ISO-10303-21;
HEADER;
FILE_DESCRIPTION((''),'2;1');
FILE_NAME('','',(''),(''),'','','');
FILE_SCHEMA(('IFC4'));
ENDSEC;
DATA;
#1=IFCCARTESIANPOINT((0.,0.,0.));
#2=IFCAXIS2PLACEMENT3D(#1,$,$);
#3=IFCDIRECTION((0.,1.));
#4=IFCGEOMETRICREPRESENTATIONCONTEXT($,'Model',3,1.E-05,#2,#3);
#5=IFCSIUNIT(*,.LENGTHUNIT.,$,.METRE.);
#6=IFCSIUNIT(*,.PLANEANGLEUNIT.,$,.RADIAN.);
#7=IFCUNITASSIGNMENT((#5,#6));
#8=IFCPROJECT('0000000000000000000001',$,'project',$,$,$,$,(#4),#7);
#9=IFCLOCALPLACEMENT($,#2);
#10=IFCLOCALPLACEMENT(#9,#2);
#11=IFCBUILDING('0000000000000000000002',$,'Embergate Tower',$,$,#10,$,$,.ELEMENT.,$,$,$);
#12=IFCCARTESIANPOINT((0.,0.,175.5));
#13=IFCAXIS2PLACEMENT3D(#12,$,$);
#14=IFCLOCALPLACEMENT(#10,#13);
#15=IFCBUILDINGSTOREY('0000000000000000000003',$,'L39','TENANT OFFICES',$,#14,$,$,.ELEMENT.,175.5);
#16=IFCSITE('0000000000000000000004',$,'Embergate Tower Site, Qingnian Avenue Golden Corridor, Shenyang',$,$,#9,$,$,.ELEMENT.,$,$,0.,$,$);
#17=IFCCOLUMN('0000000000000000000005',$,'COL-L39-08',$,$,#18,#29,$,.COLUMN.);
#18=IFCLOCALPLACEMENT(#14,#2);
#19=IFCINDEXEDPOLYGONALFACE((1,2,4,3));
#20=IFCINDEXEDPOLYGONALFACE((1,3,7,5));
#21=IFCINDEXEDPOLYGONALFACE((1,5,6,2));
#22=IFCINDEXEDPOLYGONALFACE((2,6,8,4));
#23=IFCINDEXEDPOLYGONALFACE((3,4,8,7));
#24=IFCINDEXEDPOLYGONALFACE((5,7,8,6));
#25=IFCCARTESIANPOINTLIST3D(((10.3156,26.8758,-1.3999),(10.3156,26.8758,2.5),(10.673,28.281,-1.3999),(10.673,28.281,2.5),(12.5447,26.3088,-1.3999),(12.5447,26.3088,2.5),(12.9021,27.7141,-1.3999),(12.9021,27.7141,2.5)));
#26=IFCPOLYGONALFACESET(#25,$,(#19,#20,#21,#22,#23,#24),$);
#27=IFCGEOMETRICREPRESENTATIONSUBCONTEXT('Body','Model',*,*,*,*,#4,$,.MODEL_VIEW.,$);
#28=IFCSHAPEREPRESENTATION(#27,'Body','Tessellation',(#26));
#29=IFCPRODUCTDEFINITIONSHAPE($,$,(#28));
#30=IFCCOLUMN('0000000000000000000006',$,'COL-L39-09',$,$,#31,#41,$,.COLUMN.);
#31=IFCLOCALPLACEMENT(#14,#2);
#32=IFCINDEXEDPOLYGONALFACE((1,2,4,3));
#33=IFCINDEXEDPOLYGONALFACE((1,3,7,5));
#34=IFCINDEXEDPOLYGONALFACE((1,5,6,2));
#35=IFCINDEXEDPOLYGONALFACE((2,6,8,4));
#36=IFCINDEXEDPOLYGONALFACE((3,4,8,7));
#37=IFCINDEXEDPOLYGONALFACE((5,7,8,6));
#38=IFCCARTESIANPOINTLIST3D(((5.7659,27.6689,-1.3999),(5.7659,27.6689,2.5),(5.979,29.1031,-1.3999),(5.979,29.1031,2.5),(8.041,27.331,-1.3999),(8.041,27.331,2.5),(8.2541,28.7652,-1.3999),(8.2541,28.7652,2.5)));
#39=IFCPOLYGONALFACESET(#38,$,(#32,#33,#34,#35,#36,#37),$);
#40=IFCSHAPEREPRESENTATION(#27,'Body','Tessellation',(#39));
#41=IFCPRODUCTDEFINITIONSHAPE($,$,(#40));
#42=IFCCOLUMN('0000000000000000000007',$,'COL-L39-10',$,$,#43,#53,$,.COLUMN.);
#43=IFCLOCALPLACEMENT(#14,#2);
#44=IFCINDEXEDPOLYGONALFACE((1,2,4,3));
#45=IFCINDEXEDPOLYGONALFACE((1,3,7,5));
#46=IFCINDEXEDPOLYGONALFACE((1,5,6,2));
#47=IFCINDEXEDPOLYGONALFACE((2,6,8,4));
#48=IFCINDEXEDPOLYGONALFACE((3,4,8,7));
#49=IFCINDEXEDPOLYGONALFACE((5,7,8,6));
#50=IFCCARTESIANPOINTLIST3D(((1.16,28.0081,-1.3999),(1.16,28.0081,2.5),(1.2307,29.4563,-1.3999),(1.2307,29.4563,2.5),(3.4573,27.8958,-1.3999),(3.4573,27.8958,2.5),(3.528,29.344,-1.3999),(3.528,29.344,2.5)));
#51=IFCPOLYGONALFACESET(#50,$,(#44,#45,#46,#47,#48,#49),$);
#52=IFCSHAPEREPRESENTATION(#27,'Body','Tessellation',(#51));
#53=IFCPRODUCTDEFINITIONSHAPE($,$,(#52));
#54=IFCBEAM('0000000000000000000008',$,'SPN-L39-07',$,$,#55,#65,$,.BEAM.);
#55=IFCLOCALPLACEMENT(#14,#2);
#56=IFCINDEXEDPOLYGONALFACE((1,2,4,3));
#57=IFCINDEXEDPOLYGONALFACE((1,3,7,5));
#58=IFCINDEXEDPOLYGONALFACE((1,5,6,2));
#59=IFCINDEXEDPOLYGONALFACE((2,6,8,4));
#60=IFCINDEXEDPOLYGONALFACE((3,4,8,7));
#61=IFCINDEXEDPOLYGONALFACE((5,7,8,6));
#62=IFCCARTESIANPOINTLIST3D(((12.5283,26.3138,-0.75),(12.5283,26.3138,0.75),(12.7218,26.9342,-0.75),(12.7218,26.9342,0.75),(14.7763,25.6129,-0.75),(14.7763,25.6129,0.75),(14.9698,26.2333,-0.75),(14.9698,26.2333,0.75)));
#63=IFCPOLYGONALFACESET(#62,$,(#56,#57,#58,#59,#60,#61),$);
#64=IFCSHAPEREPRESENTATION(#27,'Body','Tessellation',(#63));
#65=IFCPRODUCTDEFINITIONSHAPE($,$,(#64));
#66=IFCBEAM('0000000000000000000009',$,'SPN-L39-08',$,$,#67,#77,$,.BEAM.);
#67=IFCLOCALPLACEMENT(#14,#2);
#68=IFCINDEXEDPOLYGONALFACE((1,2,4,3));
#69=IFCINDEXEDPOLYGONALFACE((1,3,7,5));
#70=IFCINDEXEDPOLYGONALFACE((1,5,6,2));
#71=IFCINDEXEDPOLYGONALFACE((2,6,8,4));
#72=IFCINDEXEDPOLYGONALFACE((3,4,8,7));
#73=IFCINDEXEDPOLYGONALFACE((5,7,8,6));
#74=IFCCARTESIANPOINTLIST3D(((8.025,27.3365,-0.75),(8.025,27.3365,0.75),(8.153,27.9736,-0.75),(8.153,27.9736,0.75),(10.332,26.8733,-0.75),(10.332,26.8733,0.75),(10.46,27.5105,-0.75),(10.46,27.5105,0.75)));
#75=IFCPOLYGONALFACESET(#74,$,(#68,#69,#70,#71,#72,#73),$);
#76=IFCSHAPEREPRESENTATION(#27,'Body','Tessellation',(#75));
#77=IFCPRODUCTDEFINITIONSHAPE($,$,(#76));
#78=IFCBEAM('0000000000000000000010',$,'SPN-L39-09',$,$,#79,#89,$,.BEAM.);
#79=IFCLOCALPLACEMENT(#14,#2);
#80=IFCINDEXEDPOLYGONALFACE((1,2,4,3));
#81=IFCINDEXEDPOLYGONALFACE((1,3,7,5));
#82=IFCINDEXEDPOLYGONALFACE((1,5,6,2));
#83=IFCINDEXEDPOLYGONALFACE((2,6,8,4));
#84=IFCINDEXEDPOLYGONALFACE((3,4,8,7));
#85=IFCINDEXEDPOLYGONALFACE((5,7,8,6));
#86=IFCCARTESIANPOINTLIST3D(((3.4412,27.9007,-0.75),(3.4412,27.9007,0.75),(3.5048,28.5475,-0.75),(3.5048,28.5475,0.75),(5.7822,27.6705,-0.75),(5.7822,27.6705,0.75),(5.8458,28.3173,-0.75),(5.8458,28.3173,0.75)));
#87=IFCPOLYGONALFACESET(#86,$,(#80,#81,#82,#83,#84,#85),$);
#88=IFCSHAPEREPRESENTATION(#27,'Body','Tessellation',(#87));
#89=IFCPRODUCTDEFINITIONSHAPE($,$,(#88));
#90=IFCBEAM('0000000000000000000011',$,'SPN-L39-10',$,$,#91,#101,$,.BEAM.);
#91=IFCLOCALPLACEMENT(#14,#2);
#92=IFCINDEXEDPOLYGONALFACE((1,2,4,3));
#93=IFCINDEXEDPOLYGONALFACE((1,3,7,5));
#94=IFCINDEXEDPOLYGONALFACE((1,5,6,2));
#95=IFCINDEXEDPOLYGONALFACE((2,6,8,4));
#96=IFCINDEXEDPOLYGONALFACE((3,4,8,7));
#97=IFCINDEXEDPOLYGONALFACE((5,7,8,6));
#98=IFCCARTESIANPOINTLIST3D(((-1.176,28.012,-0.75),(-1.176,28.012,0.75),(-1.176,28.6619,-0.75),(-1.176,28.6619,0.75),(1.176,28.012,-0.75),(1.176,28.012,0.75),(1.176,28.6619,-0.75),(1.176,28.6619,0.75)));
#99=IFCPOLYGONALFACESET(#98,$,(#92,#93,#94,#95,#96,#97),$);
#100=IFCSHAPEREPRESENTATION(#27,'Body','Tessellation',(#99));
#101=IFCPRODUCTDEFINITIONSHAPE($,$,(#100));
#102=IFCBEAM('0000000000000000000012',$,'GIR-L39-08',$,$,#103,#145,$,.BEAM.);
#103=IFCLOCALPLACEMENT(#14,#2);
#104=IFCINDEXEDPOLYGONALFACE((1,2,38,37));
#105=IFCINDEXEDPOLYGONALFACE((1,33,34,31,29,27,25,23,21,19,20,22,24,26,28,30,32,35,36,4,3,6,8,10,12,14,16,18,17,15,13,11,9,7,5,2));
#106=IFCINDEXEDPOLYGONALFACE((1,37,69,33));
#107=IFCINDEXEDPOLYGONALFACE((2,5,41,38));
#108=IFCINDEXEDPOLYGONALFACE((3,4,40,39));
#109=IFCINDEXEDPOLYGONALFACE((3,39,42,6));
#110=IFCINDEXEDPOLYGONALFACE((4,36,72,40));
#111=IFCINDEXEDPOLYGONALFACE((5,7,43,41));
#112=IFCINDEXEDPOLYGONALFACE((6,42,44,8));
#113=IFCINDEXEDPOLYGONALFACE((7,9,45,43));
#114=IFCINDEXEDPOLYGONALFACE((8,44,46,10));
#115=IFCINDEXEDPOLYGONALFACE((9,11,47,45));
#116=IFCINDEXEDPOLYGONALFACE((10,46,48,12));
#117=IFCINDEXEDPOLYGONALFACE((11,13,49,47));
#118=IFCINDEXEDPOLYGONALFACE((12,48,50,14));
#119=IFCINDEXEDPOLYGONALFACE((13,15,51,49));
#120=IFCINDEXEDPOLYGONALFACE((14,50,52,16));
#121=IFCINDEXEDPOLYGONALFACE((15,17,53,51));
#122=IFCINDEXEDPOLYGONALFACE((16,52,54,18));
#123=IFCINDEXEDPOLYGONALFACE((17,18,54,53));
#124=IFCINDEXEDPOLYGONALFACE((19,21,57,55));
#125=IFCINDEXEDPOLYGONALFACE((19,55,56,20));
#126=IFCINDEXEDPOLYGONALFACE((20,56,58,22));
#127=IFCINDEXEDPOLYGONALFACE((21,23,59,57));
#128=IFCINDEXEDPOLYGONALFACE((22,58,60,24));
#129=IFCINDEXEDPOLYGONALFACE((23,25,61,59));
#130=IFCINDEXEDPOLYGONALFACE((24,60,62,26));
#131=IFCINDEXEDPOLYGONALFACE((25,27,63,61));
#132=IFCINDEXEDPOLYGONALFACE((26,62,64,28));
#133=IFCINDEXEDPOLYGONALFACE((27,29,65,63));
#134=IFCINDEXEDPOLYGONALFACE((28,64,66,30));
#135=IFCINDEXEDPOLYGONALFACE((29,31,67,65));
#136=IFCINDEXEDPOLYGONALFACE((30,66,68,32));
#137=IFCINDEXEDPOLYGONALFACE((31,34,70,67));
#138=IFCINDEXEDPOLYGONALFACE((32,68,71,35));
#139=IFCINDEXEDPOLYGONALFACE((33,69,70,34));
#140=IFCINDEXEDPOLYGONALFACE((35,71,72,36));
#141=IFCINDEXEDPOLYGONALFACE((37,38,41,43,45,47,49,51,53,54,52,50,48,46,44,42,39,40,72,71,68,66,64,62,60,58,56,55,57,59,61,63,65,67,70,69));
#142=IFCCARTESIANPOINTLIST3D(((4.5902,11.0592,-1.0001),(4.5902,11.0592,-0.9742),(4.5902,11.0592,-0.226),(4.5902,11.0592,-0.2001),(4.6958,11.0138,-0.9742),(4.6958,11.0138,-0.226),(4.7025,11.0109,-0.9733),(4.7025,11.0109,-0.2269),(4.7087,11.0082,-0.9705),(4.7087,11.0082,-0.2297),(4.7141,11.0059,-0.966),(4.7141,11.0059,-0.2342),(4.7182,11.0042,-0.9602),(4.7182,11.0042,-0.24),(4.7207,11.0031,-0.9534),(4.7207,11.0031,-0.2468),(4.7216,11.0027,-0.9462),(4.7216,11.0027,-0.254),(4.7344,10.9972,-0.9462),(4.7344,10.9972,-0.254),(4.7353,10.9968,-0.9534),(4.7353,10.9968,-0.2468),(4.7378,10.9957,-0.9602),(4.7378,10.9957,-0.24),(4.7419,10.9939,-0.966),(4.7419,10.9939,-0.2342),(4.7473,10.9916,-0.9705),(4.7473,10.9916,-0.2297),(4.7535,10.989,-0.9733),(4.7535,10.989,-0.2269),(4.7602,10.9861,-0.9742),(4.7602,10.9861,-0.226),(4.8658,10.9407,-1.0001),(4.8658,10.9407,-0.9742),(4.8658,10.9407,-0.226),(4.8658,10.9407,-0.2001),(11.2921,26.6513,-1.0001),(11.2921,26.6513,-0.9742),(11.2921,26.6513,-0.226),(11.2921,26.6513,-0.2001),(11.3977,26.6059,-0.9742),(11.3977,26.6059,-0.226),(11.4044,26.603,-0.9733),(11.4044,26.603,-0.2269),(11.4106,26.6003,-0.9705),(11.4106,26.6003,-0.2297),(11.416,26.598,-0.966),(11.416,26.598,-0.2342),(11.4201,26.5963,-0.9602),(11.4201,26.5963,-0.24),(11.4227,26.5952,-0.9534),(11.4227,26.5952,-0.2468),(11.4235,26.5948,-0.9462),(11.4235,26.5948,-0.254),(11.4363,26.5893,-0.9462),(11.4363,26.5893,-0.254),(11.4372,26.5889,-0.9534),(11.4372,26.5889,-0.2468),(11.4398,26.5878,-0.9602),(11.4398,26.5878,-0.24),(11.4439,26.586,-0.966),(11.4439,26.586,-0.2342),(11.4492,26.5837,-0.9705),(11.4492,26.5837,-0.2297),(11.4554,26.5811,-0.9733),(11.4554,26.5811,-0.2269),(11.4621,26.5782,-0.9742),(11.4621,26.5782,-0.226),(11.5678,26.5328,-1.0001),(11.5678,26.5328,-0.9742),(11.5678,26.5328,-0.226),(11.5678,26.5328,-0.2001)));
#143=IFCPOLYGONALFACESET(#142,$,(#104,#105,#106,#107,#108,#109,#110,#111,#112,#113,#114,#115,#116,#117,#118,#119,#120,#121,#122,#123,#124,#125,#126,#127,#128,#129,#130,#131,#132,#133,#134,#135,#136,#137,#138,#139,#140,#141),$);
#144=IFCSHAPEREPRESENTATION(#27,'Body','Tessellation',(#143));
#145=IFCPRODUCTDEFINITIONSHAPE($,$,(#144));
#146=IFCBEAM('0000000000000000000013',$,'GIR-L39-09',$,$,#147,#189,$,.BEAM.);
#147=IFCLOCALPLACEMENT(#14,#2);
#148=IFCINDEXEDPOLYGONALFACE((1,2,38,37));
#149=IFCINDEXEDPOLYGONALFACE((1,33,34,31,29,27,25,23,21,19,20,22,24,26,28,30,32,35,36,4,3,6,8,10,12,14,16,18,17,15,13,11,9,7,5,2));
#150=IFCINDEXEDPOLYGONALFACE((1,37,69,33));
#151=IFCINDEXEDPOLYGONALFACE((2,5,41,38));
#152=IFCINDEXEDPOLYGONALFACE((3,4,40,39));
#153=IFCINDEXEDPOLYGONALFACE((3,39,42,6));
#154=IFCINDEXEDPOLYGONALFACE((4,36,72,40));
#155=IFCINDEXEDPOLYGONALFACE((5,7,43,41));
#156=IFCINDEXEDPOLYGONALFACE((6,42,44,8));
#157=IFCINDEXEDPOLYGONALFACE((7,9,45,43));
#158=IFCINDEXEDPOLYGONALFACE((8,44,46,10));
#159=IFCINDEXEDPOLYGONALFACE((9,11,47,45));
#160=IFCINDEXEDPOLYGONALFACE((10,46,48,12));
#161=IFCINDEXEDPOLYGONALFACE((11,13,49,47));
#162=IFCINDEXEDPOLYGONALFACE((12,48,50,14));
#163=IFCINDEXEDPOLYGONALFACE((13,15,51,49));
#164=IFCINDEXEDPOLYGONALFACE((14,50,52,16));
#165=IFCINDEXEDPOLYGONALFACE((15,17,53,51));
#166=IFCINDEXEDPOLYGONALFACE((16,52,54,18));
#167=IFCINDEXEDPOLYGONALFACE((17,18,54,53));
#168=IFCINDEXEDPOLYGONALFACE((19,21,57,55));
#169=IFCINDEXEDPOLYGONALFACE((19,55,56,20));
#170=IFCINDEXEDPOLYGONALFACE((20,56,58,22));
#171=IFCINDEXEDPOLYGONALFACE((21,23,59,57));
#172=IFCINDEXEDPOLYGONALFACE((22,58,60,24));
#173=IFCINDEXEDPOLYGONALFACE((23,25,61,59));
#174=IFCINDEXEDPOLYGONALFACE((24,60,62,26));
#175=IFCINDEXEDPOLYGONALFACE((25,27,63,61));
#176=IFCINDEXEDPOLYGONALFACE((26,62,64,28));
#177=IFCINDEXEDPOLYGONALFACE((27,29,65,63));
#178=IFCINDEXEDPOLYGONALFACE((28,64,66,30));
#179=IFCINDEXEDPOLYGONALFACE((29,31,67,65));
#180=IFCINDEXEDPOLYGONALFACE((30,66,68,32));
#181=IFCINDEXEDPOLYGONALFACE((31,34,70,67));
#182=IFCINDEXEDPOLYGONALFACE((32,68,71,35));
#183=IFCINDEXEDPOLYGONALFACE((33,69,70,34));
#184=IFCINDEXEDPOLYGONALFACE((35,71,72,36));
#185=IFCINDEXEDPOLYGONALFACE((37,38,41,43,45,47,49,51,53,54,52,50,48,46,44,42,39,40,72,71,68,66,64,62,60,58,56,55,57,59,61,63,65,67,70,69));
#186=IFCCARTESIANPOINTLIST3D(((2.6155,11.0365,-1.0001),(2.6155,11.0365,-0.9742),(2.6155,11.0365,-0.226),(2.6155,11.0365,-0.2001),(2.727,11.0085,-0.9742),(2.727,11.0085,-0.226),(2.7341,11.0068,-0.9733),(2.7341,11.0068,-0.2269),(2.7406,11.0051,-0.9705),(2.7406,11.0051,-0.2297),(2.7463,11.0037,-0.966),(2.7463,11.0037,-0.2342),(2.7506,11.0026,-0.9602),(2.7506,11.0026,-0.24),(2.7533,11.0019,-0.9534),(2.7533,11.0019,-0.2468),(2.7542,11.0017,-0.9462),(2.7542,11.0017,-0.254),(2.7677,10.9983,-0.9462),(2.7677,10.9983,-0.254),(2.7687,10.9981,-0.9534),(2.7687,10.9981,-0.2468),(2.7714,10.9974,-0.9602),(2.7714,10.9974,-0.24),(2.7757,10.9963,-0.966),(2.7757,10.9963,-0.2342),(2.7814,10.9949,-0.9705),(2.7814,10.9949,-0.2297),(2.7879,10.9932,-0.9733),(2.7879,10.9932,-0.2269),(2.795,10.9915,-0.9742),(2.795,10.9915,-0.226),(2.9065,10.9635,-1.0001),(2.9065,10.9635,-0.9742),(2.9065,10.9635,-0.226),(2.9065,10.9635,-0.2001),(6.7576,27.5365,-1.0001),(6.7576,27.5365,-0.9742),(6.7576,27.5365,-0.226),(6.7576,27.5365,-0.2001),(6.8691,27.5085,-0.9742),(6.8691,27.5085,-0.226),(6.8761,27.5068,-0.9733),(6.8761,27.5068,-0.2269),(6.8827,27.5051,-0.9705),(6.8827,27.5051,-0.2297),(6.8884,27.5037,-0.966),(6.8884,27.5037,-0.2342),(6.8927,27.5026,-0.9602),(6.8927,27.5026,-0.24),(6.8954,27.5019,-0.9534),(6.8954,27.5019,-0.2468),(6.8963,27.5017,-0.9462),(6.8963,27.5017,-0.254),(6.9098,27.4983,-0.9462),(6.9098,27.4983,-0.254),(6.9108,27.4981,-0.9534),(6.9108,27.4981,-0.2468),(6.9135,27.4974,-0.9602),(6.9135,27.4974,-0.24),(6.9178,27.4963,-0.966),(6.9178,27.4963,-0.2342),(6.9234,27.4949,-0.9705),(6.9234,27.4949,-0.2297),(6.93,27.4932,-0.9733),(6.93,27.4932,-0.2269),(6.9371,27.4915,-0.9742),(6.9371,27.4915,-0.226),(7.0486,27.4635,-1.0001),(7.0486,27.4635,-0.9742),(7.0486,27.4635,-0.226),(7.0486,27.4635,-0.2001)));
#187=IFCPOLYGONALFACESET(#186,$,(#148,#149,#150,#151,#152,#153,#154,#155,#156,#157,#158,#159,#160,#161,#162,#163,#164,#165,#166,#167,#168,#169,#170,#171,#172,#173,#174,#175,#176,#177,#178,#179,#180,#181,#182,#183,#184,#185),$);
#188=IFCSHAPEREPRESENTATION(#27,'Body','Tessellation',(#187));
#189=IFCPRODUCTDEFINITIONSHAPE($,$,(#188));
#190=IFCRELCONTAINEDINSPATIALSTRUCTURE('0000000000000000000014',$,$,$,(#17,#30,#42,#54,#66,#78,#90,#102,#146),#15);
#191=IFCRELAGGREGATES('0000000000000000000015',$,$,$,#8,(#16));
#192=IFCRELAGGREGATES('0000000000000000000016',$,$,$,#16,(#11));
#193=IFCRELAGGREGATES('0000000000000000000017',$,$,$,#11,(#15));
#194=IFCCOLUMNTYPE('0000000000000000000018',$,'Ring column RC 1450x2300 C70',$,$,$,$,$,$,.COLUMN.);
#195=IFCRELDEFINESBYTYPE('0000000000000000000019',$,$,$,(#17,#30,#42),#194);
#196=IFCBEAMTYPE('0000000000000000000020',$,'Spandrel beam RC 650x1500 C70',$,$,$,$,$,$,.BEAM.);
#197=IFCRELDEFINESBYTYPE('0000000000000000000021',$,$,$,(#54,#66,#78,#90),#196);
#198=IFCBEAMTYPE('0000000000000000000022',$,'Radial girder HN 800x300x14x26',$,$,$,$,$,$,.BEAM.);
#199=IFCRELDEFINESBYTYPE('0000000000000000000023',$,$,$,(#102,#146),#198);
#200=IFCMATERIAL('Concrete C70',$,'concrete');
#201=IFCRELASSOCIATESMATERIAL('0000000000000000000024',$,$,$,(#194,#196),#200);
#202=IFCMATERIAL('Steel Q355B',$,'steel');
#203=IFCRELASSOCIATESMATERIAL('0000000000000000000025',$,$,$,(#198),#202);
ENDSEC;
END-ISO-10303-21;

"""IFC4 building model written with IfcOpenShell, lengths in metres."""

from ifc_helpers import new_model, si_unit, direction, frame, origin, origin_2d, place, context, subcontext, project, spatial, rectangle, i_section, extrude, source, transform, mapped, material, material_profile, profile_set, type_object, element, save


model = new_model("IFC4")

# Units and contexts
model_context = context("Model", 3, precision=1e-05, world=origin(), true_north=direction((0.0, 1.0)))
body_context = subcontext(model_context, "Body", "Model", "MODEL_VIEW")
ifc_project = project(units=[si_unit("LENGTHUNIT", "METRE"), si_unit("PLANEANGLEUNIT", "RADIAN")], contexts=[model_context])

# Site, building, storey
site_placement = place(None, origin())
site = spatial("IfcSite", under=ifc_project, at=site_placement, Name="Embergate Tower Site, Qingnian Avenue Golden Corridor, Shenyang", CompositionType="ELEMENT", RefElevation=0.0)
building_placement = place(site_placement, origin())
building = spatial("IfcBuilding", under=site, at=building_placement, Name="Embergate Tower", CompositionType="ELEMENT")
storey_placement = place(building_placement, frame((0.0, 0.0, 175.5)))
storey = spatial("IfcBuildingStorey", under=building, at=storey_placement, Name="L39", Description="TENANT OFFICES", CompositionType="ELEMENT", Elevation=175.5)

# Columns
ifc_material_1 = material(Name="Concrete C70", Category="concrete")
ifc_material_profile_1 = material_profile(ifc_material_1, rectangle(XDim=1.45, YDim=2.3, at=origin_2d()), Name="RC 1450x2300")
ifc_profile_set_1 = profile_set([ifc_material_profile_1], Name="Concrete C70")
column_type = type_object("IfcColumnType", Name="Ring column RC 1450x2300 C70", PredefinedType="COLUMN", material=ifc_profile_set_1)
shared_shape_1 = source(origin(), body_context, "Body", "SweptSolid", [
    extrude(rectangle(XDim=1.45, YDim=2.3, at=origin_2d()), origin(), (0.0, 0.0, 1.0), 3.8999),
])
for number, where, z_axis, x_axis, name in (
    (1, (11.6089, 27.2949, -1.3999), (0.0, 0.0, 1.0), (0.246492, 0.969145, 0.0), "COL-L39-08"),
    (2, (7.01, 28.217, -1.3999), (0.0, 0.0, 1.0), (0.146929, 0.989147, 0.0), "COL-L39-09"),
    (3, (2.344, 28.676, -1.3999), (0.0, 0.0, 1.0), (0.048815, 0.998808, 0.0), "COL-L39-10"),
):
    element("IfcColumn", number, at=place(storey_placement, frame(where, z_axis=z_axis, x_axis=x_axis)), inside=storey, type_object=column_type, Name=name, PredefinedType="COLUMN", context=body_context, shape_type="MappedRepresentation", body=[
        mapped(shared_shape_1, transform((0.0, 0.0, 0.0))),
    ])

# Beams
ifc_material_profile_2 = material_profile(ifc_material_1, rectangle(XDim=0.6499, YDim=1.5, at=origin_2d()), Name="RC 650x1500")
ifc_profile_set_2 = profile_set([ifc_material_profile_2], Name="Concrete C70")
beam_type_1 = type_object("IfcBeamType", Name="Spandrel beam RC 650x1500 C70", PredefinedType="BEAM", material=ifc_profile_set_2)
shared_shape_2 = source(origin(), body_context, "Body", "SweptSolid", [
    extrude(rectangle(XDim=0.6499, YDim=1.5, at=origin_2d()), origin(), (0.0, 0.0, 1.0), 2.3547),
])
beam_1_placement = place(storey_placement, frame((14.873, 25.9231, 0.0), z_axis=(-0.954672, 0.297661, 0.0), x_axis=(-0.297661, -0.954672, 0.0)))
element("IfcBeam", 4, at=beam_1_placement, inside=storey, type_object=beam_type_1, Name="SPN-L39-07", PredefinedType="BEAM", context=body_context, shape_type="MappedRepresentation", body=[
    mapped(shared_shape_2, transform((0.0, 0.0, 0.0))),
])
shared_shape_3 = source(origin(), body_context, "Body", "SweptSolid", [
    extrude(rectangle(XDim=0.6499, YDim=1.5, at=origin_2d()), origin(), (0.0, 0.0, 1.0), 2.353),
])
beam_2_placement = place(storey_placement, frame((10.396, 27.1919, 0.0), z_axis=(-0.980437, 0.196834, 0.0), x_axis=(-0.196834, -0.980437, 0.0)))
element("IfcBeam", 5, at=beam_2_placement, inside=storey, type_object=beam_type_1, Name="SPN-L39-08", PredefinedType="BEAM", context=body_context, shape_type="MappedRepresentation", body=[
    mapped(shared_shape_3, transform((0.0, 0.0, 0.0))),
])
shared_shape_4 = source(origin(), body_context, "Body", "SweptSolid", [
    extrude(rectangle(XDim=0.6499, YDim=1.5, at=origin_2d()), origin(), (0.0, 0.0, 1.0), 2.3523),
])
beam_3_placement = place(storey_placement, frame((5.814, 27.9939, 0.0), z_axis=(-0.995199, 0.09787, 0.0), x_axis=(-0.09787, -0.995199, 0.0)))
element("IfcBeam", 6, at=beam_3_placement, inside=storey, type_object=beam_type_1, Name="SPN-L39-09", PredefinedType="BEAM", context=body_context, shape_type="MappedRepresentation", body=[
    mapped(shared_shape_4, transform((0.0, 0.0, 0.0))),
])
shared_shape_5 = source(origin(), body_context, "Body", "SweptSolid", [
    extrude(rectangle(XDim=0.6499, YDim=1.5, at=origin_2d()), origin(), (0.0, 0.0, 1.0), 2.3521),
])
beam_4_placement = place(storey_placement, frame((1.176, 28.3369, 0.0), z_axis=(-1.0, 0.0, 0.0), x_axis=(0.0, -1.0, 0.0)))
element("IfcBeam", 7, at=beam_4_placement, inside=storey, type_object=beam_type_1, Name="SPN-L39-10", PredefinedType="BEAM", context=body_context, shape_type="MappedRepresentation", body=[
    mapped(shared_shape_5, transform((0.0, 0.0, 0.0))),
])
ifc_material_2 = material(Name="Steel Q355B", Category="steel")
ifc_material_profile_3 = material_profile(ifc_material_2, i_section(OverallWidth=0.3, OverallDepth=0.8, WebThickness=0.0139, FlangeThickness=0.0259, FilletRadius=0.0281, at=origin_2d()), Name="HN 800x300x14x26")
ifc_profile_set_3 = profile_set([ifc_material_profile_3], Name="Steel Q355 grade B")
beam_type_2 = type_object("IfcBeamType", Name="Radial girder HN 800x300x14x26", PredefinedType="BEAM", material=ifc_profile_set_3)
shared_shape_6 = source(origin(), body_context, "Body", "SweptSolid", [
    extrude(i_section(OverallWidth=0.3, OverallDepth=0.8, WebThickness=0.0139, FlangeThickness=0.0259, FilletRadius=0.0281, at=origin_2d()), origin(), (0.0, 0.0, 1.0), 16.9714),
])
beam_5_placement = place(storey_placement, frame((11.4299, 26.592, -0.6001), z_axis=(-0.394895, -0.918726, 0.0), x_axis=(0.918726, -0.394895, 0.0)))
element("IfcBeam", 8, at=beam_5_placement, inside=storey, type_object=beam_type_2, Name="GIR-L39-08", PredefinedType="BEAM", context=body_context, shape_type="MappedRepresentation", body=[
    mapped(shared_shape_6, transform((0.0, 0.0, 0.0))),
])
shared_shape_7 = source(origin(), body_context, "Body", "SweptSolid", [
    extrude(i_section(OverallWidth=0.3, OverallDepth=0.8, WebThickness=0.0139, FlangeThickness=0.0259, FilletRadius=0.0281, at=origin_2d()), origin(), (0.0, 0.0, 1.0), 17.012),
])
beam_6_placement = place(storey_placement, frame((6.9031, 27.5, -0.6001), z_axis=(-0.243481, -0.969906, 0.0), x_axis=(0.969906, -0.243481, 0.0)))
element("IfcBeam", 9, at=beam_6_placement, inside=storey, type_object=beam_type_2, Name="GIR-L39-09", PredefinedType="BEAM", context=body_context, shape_type="MappedRepresentation", body=[
    mapped(shared_shape_7, transform((0.0, 0.0, 0.0))),
])

save(model, "model.ifc")
